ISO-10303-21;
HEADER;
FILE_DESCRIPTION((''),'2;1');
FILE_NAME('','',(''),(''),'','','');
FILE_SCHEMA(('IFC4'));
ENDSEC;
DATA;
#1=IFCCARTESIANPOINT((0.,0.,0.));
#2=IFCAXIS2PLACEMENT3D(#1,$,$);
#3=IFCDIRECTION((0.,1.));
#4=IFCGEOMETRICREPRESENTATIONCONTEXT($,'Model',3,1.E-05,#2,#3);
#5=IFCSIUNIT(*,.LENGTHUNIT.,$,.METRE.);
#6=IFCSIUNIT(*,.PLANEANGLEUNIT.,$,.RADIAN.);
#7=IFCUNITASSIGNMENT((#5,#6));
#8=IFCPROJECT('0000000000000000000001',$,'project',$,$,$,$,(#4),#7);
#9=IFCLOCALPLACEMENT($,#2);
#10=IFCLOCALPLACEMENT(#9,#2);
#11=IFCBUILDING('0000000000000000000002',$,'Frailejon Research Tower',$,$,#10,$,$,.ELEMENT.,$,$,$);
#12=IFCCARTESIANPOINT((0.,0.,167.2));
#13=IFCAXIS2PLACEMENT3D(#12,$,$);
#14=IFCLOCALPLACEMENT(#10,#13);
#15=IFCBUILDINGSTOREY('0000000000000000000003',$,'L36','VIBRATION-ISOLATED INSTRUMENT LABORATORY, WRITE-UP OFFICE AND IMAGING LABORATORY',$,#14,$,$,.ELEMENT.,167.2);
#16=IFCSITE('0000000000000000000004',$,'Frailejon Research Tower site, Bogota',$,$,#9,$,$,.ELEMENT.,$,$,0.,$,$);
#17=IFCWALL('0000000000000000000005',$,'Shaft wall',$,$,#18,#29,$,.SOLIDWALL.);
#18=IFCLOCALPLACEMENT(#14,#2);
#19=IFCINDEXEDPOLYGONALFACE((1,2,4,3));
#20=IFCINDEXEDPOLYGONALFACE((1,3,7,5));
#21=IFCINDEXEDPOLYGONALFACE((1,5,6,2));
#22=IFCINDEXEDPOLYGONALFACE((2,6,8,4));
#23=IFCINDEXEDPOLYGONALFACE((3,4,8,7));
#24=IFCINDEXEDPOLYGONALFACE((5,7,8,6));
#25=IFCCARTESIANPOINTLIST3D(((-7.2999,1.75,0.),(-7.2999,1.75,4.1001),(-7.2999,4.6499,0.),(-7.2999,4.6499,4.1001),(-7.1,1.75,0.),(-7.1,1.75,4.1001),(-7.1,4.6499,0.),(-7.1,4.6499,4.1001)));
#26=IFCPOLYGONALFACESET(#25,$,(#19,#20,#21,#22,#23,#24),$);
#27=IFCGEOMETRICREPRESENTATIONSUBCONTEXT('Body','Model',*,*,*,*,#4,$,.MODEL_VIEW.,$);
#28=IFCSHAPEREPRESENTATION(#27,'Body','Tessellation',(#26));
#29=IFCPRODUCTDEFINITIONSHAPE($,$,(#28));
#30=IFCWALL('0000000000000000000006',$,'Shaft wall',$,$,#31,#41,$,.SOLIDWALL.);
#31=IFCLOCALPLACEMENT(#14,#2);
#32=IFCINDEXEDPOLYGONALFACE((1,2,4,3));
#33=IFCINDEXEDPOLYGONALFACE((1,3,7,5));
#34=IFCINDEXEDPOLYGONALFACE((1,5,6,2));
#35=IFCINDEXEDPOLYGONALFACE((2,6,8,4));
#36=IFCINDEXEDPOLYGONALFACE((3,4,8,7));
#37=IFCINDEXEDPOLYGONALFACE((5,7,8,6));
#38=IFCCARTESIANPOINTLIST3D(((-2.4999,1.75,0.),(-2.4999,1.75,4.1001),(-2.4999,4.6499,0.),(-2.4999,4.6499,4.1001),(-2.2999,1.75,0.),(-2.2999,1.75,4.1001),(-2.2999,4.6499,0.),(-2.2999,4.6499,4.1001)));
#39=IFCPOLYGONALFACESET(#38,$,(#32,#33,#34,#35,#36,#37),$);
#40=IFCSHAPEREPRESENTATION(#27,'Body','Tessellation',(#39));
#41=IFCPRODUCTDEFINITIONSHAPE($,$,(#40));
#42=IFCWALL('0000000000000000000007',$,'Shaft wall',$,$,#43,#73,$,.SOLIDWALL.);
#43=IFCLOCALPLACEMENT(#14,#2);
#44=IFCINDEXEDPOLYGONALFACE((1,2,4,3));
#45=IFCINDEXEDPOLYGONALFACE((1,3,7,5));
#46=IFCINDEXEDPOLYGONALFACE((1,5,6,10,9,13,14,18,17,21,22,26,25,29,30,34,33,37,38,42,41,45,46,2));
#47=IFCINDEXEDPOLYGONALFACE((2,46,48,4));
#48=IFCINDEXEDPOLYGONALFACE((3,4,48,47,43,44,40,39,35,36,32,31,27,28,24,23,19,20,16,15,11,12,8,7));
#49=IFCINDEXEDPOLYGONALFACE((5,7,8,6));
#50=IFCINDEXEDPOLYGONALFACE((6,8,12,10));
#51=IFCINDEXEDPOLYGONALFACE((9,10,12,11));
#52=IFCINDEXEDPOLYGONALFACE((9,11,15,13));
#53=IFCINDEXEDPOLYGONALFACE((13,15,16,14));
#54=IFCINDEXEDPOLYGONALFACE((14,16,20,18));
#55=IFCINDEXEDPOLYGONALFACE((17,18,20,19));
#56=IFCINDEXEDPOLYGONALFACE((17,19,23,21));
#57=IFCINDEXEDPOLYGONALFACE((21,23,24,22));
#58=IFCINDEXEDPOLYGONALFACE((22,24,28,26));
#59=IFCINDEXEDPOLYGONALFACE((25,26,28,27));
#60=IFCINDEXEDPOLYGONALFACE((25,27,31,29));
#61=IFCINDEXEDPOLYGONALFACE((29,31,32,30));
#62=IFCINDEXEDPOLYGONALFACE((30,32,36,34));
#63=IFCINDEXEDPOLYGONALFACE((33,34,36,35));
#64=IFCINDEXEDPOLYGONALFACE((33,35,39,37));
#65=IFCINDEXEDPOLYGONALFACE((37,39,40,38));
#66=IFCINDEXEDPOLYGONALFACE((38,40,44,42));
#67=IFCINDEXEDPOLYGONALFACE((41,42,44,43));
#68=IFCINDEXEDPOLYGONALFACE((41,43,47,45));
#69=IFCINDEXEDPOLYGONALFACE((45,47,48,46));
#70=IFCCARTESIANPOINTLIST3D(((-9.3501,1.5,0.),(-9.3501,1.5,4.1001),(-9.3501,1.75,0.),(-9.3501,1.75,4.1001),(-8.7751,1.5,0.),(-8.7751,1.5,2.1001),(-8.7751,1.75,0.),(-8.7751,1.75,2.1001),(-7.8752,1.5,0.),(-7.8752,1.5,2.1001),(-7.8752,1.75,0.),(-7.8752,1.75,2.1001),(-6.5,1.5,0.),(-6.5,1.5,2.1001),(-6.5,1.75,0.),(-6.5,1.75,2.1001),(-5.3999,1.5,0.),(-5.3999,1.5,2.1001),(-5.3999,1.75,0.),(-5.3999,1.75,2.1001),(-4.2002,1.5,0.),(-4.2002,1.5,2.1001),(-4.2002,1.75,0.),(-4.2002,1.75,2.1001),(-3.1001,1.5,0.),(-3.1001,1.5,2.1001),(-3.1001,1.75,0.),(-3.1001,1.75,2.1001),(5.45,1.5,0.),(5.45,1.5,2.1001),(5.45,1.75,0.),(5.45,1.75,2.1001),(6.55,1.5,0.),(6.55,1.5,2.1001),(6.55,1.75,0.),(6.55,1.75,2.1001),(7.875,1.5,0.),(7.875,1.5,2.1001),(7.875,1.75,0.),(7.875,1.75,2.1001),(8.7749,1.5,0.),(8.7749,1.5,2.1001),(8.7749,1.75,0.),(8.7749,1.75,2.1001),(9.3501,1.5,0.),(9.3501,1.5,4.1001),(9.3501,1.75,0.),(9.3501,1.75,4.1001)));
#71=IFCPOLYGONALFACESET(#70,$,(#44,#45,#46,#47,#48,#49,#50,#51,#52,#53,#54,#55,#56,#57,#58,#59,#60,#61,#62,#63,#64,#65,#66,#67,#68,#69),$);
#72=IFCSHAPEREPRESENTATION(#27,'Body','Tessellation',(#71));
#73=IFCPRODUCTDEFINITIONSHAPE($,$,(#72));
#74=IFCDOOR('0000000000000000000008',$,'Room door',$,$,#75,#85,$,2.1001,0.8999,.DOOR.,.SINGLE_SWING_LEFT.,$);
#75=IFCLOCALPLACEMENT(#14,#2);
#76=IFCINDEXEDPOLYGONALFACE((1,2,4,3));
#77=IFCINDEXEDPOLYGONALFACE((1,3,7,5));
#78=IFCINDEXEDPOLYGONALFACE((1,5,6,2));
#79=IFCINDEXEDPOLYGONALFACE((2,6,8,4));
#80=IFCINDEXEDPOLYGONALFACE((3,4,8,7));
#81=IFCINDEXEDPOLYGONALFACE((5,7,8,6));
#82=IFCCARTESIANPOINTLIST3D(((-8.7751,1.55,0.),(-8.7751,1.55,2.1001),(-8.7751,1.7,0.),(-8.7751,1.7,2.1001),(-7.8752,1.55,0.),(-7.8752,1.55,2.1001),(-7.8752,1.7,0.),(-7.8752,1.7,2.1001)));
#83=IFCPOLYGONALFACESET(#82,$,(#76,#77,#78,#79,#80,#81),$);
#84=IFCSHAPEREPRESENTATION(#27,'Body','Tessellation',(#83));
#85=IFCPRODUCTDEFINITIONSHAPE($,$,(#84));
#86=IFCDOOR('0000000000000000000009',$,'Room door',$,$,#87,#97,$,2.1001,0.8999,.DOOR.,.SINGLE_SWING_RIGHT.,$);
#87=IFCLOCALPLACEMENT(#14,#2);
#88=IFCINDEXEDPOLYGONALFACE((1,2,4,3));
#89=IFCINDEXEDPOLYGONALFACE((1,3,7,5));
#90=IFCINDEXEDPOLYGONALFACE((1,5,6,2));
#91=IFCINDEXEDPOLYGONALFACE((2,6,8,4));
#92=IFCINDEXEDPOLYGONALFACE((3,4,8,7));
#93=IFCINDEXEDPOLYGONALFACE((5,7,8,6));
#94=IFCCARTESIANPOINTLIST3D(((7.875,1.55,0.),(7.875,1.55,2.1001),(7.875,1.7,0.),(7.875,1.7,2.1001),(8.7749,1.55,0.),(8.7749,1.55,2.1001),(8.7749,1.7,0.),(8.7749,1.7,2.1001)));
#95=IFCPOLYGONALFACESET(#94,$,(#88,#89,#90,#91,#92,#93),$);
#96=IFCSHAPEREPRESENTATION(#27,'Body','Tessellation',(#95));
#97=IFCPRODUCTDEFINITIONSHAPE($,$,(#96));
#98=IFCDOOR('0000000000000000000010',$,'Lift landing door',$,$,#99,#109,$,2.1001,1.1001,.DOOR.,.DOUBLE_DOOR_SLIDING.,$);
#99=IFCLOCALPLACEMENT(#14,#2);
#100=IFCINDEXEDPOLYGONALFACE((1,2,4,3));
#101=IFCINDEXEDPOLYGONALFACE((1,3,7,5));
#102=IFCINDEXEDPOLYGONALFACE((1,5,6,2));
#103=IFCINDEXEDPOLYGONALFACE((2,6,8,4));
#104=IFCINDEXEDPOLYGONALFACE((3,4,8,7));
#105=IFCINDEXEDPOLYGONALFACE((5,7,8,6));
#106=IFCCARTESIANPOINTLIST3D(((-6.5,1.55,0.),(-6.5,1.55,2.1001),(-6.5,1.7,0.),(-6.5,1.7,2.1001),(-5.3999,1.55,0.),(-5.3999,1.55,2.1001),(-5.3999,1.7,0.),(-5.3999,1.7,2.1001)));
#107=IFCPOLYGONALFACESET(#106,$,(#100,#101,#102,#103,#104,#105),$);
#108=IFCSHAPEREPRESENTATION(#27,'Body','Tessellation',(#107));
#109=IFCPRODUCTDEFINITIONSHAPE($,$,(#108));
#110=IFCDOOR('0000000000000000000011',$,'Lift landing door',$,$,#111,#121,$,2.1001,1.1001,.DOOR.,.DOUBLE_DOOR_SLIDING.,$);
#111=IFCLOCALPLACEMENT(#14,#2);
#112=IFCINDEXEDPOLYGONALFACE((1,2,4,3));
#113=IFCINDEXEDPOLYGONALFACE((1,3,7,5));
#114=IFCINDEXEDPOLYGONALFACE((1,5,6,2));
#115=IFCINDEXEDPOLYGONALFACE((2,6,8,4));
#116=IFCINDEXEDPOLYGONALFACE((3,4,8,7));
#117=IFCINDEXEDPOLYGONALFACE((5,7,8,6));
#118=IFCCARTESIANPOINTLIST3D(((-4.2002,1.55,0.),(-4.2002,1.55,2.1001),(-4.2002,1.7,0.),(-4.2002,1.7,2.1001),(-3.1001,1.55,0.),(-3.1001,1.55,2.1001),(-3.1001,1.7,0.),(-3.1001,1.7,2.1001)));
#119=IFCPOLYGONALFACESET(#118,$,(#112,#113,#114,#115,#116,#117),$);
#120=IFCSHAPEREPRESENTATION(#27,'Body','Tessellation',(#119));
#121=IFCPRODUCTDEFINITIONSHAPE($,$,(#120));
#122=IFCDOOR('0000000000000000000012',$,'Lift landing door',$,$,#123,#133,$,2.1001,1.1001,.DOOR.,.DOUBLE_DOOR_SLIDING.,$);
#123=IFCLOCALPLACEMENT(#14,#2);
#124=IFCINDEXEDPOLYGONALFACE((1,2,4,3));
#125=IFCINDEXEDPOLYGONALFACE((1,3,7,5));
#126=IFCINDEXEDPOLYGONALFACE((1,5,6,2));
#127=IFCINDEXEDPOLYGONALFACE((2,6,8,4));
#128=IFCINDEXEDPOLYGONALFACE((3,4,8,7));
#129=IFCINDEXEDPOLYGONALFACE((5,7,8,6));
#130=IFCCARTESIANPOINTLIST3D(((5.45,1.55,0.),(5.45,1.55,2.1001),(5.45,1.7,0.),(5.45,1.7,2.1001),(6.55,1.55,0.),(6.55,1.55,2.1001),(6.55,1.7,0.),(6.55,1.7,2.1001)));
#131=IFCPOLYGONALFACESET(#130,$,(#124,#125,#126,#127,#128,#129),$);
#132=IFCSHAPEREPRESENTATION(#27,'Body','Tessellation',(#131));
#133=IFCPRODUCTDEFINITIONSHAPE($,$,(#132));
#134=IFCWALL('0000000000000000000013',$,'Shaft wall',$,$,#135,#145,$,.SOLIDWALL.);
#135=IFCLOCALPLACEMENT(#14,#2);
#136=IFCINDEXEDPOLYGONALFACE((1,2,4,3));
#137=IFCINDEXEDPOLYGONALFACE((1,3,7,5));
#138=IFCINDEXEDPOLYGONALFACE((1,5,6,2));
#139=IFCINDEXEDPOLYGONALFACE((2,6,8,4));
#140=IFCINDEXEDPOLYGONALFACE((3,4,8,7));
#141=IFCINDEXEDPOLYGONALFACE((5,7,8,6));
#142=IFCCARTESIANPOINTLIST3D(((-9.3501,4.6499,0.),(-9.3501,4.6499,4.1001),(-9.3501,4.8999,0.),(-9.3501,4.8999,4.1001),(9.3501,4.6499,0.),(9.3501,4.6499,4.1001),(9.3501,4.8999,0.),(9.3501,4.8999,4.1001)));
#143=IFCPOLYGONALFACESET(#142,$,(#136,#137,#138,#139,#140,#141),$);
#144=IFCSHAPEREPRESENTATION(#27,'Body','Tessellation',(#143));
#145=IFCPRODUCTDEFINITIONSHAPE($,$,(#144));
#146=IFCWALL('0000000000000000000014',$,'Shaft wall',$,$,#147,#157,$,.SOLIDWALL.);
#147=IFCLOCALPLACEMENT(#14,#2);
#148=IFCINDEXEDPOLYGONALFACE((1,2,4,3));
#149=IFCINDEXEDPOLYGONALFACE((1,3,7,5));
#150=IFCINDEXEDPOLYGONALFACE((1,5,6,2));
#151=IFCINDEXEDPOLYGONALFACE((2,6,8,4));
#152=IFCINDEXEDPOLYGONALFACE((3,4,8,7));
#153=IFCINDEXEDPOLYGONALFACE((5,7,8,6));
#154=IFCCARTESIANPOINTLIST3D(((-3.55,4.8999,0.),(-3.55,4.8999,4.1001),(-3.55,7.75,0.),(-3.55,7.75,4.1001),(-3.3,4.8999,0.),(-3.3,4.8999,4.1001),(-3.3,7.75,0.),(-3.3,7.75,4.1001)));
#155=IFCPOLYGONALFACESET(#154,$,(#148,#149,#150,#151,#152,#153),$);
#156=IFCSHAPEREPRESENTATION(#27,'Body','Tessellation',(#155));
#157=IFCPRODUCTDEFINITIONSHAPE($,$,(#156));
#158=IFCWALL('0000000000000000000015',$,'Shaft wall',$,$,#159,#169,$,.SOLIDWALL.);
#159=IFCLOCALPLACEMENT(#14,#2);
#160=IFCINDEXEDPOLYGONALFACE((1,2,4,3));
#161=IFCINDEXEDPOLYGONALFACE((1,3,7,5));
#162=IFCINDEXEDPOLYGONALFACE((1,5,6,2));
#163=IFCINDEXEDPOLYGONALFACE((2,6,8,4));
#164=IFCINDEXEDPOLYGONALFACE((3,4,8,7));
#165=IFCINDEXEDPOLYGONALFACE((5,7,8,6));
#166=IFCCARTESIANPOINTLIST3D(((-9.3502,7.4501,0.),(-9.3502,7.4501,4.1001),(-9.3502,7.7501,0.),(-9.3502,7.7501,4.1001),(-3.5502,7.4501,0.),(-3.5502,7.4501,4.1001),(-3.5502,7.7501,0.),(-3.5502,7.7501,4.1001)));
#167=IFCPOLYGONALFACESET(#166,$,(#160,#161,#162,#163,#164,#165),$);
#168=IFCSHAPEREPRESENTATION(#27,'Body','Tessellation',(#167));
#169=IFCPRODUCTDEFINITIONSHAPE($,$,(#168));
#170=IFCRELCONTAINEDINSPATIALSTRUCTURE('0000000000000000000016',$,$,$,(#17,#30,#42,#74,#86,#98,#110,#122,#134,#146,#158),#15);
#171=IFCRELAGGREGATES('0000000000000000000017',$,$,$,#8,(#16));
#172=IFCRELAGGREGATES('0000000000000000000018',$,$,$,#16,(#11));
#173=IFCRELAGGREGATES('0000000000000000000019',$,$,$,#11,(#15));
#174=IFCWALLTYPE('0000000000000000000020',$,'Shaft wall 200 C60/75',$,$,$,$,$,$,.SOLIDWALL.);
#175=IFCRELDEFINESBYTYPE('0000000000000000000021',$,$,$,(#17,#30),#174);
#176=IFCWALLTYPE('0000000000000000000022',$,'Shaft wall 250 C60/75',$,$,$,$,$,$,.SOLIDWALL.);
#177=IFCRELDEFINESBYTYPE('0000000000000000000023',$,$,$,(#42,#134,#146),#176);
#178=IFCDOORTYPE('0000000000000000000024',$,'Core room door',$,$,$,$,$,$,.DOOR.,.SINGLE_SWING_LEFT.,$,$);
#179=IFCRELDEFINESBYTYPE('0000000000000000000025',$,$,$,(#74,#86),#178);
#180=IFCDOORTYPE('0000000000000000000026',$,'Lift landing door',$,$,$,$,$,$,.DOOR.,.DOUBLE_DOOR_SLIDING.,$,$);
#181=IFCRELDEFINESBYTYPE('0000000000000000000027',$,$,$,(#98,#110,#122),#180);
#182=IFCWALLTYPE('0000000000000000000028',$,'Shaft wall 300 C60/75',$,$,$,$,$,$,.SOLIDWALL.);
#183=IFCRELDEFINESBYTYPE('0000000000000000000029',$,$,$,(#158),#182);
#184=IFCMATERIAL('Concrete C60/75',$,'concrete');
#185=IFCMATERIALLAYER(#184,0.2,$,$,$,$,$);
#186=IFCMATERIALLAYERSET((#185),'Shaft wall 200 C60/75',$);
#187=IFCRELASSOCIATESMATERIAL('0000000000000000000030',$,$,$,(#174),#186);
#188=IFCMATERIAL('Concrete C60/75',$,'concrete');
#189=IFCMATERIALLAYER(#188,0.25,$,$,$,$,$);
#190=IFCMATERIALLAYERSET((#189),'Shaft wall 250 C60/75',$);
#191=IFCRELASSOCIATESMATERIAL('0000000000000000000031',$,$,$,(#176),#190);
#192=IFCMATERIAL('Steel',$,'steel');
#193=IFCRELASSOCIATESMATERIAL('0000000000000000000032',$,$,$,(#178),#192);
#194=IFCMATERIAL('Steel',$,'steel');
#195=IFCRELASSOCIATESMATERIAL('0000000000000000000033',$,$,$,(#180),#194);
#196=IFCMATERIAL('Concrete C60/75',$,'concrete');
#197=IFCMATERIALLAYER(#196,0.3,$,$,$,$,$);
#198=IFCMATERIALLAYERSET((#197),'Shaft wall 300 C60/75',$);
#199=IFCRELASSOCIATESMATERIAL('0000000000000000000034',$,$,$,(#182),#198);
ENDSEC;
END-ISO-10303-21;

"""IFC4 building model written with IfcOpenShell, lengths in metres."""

from ifc_helpers import new_model, si_unit, direction, frame, frame_2d, origin, place, context, subcontext, project, spatial, rectangle, extrude, material, layer, layer_set, type_object, element, fill, save


model = new_model("IFC4")

# Units and contexts
model_context = context("Model", 3, precision=1e-05, world=origin(), true_north=direction((0.0, 1.0)))
body_context = subcontext(model_context, "Body", "Model", "MODEL_VIEW")
ifc_project = project(units=[si_unit("LENGTHUNIT", "METRE"), si_unit("PLANEANGLEUNIT", "RADIAN")], contexts=[model_context])

# Site, building, storey
site_placement = place(None, origin())
site = spatial("IfcSite", under=ifc_project, at=site_placement, Name="Frailejon Research Tower site, Bogota", CompositionType="ELEMENT", RefElevation=0.0)
building_placement = place(site_placement, origin())
building = spatial("IfcBuilding", under=site, at=building_placement, Name="Frailejon Research Tower", CompositionType="ELEMENT")
storey_placement = place(building_placement, frame((0.0, 0.0, 167.2)))
storey = spatial("IfcBuildingStorey", under=building, at=storey_placement, Name="L36", Description="VIBRATION-ISOLATED INSTRUMENT LABORATORY, WRITE-UP OFFICE AND IMAGING LABORATORY", CompositionType="ELEMENT", Elevation=167.2)

# Walls
ifc_material_1 = material(Name="Concrete C60/75", Category="concrete")
ifc_layer_1 = layer(ifc_material_1, 0.2)
ifc_layer_set_1 = layer_set([ifc_layer_1], Name="Shaft wall 200 C60/75")
wall_type_1 = type_object("IfcWallType", Name="Shaft wall 200 C60/75", PredefinedType="SOLIDWALL", material=ifc_layer_set_1)
for number, where, z_axis, x_axis, name in (
    (1, (-7.2, 1.75, 0.0), (0.0, 0.0, 1.0), (0.0, 1.0, 0.0), "Shaft wall"),
    (2, (-2.3999, 1.75, 0.0), (0.0, 0.0, 1.0), (0.0, 1.0, 0.0), "Shaft wall"),
):
    element("IfcWall", number, at=place(storey_placement, frame(where, z_axis=z_axis, x_axis=x_axis)), inside=storey, type_object=wall_type_1, Name=name, PredefinedType="SOLIDWALL", context=body_context, shape_type="SweptSolid", body=[
        extrude(rectangle(XDim=2.8999, YDim=0.2, at=frame_2d((1.45, 0.0))), origin(), (0.0, 0.0, 1.0), 4.1001),
    ])

# Wall, openings, doors
ifc_material_2 = material(Name="Concrete C60/75", Category="concrete")
ifc_layer_2 = layer(ifc_material_2, 0.25)
ifc_layer_set_2 = layer_set([ifc_layer_2], Name="Shaft wall 250 C60/75")
wall_type_2 = type_object("IfcWallType", Name="Shaft wall 250 C60/75", PredefinedType="SOLIDWALL", material=ifc_layer_set_2)
wall_1_placement = place(storey_placement, frame((-9.3501, 1.625, 0.0), z_axis=(0.0, 0.0, 1.0), x_axis=(1.0, 0.0, 0.0)))
wall_1 = element("IfcWall", 3, at=wall_1_placement, inside=storey, type_object=wall_type_2, Name="Shaft wall", PredefinedType="SOLIDWALL", context=body_context, shape_type="SweptSolid", body=[
    extrude(rectangle(XDim=18.7002, YDim=0.25, at=frame_2d((9.3501, 0.0))), origin(), (0.0, 0.0, 1.0), 4.1001),
])
opening_1_placement = place(wall_1_placement, frame((2.8501, 0.0, 0.0)))
opening_1 = element("IfcOpeningElement", 4, at=opening_1_placement, cuts=wall_1, PredefinedType="OPENING", context=body_context, shape_type="SweptSolid", body=[
    extrude(rectangle(XDim=1.1001, YDim=2.1001, at=frame_2d((0.55, 1.05))), frame((0.0, 0.135, 0.0), z_axis=(0.0, -1.0, 0.0), x_axis=(1.0, 0.0, 0.0)), (0.0, 0.0, 1.0), 0.27),
])
opening_2_placement = place(wall_1_placement, frame((5.1499, 0.0, 0.0)))
opening_2 = element("IfcOpeningElement", 5, at=opening_2_placement, cuts=wall_1, PredefinedType="OPENING", context=body_context, shape_type="SweptSolid", body=[
    extrude(rectangle(XDim=1.1001, YDim=2.1001, at=frame_2d((0.55, 1.05))), frame((0.0, 0.135, 0.0), z_axis=(0.0, -1.0, 0.0), x_axis=(1.0, 0.0, 0.0)), (0.0, 0.0, 1.0), 0.27),
])
opening_3_placement = place(wall_1_placement, frame((14.8, 0.0, 0.0)))
opening_3 = element("IfcOpeningElement", 6, at=opening_3_placement, cuts=wall_1, PredefinedType="OPENING", context=body_context, shape_type="SweptSolid", body=[
    extrude(rectangle(XDim=1.1001, YDim=2.1001, at=frame_2d((0.55, 1.05))), frame((0.0, 0.135, 0.0), z_axis=(0.0, -1.0, 0.0), x_axis=(1.0, 0.0, 0.0)), (0.0, 0.0, 1.0), 0.27),
])
opening_4_placement = place(wall_1_placement, frame((0.575, 0.0, 0.0)))
opening_4 = element("IfcOpeningElement", 7, at=opening_4_placement, cuts=wall_1, PredefinedType="OPENING", context=body_context, shape_type="SweptSolid", body=[
    extrude(rectangle(XDim=0.8999, YDim=2.1001, at=frame_2d((0.45, 1.05))), frame((0.0, 0.135, 0.0), z_axis=(0.0, -1.0, 0.0), x_axis=(1.0, 0.0, 0.0)), (0.0, 0.0, 1.0), 0.27),
])
opening_5_placement = place(wall_1_placement, frame((17.2251, 0.0, 0.0)))
opening_5 = element("IfcOpeningElement", 8, at=opening_5_placement, cuts=wall_1, PredefinedType="OPENING", context=body_context, shape_type="SweptSolid", body=[
    extrude(rectangle(XDim=0.8999, YDim=2.1001, at=frame_2d((0.45, 1.05))), frame((0.0, 0.135, 0.0), z_axis=(0.0, -1.0, 0.0), x_axis=(1.0, 0.0, 0.0)), (0.0, 0.0, 1.0), 0.27),
])
ifc_material_3 = material(Name="Steel", Category="steel")
door_type_1 = type_object("IfcDoorType", Name="Core room door", OperationType="SINGLE_SWING_LEFT", PredefinedType="DOOR", material=ifc_material_3)
door_1_placement = place(opening_4_placement, origin())
door_1 = element("IfcDoor", 9, at=door_1_placement, inside=storey, type_object=door_type_1, Name="Room door", OperationType="SINGLE_SWING_LEFT", OverallHeight=2.1001, OverallWidth=0.8999, PredefinedType="DOOR", context=body_context, shape_type="SweptSolid", body=[
    extrude(rectangle(XDim=0.8999, YDim=2.1001, at=frame_2d((0.45, 1.05))), frame((0.0, 0.075, 0.0), z_axis=(0.0, -1.0, 0.0), x_axis=(1.0, 0.0, 0.0)), (0.0, 0.0, 1.0), 0.1499),
])
fill(opening_4, door_1)
door_2_placement = place(opening_5_placement, origin())
door_2 = element("IfcDoor", 10, at=door_2_placement, inside=storey, type_object=door_type_1, Name="Room door", OperationType="SINGLE_SWING_RIGHT", OverallHeight=2.1001, OverallWidth=0.8999, PredefinedType="DOOR", context=body_context, shape_type="SweptSolid", body=[
    extrude(rectangle(XDim=0.8999, YDim=2.1001, at=frame_2d((0.45, 1.05))), frame((0.0, 0.075, 0.0), z_axis=(0.0, -1.0, 0.0), x_axis=(1.0, 0.0, 0.0)), (0.0, 0.0, 1.0), 0.1499),
])
fill(opening_5, door_2)
ifc_material_4 = material(Name="Steel", Category="steel")
door_type_2 = type_object("IfcDoorType", Name="Lift landing door", OperationType="DOUBLE_DOOR_SLIDING", PredefinedType="DOOR", material=ifc_material_4)
door_3_placement = place(opening_1_placement, origin())
door_3 = element("IfcDoor", 11, at=door_3_placement, inside=storey, type_object=door_type_2, Name="Lift landing door", OperationType="DOUBLE_DOOR_SLIDING", OverallHeight=2.1001, OverallWidth=1.1001, PredefinedType="DOOR", context=body_context, shape_type="SweptSolid", body=[
    extrude(rectangle(XDim=1.1001, YDim=2.1001, at=frame_2d((0.55, 1.05))), frame((0.0, 0.075, 0.0), z_axis=(0.0, -1.0, 0.0), x_axis=(1.0, 0.0, 0.0)), (0.0, 0.0, 1.0), 0.1499),
])
fill(opening_1, door_3)
door_4_placement = place(opening_2_placement, origin())
door_4 = element("IfcDoor", 12, at=door_4_placement, inside=storey, type_object=door_type_2, Name="Lift landing door", OperationType="DOUBLE_DOOR_SLIDING", OverallHeight=2.1001, OverallWidth=1.1001, PredefinedType="DOOR", context=body_context, shape_type="SweptSolid", body=[
    extrude(rectangle(XDim=1.1001, YDim=2.1001, at=frame_2d((0.55, 1.05))), frame((0.0, 0.075, 0.0), z_axis=(0.0, -1.0, 0.0), x_axis=(1.0, 0.0, 0.0)), (0.0, 0.0, 1.0), 0.1499),
])
fill(opening_2, door_4)
door_5_placement = place(opening_3_placement, origin())
door_5 = element("IfcDoor", 13, at=door_5_placement, inside=storey, type_object=door_type_2, Name="Lift landing door", OperationType="DOUBLE_DOOR_SLIDING", OverallHeight=2.1001, OverallWidth=1.1001, PredefinedType="DOOR", context=body_context, shape_type="SweptSolid", body=[
    extrude(rectangle(XDim=1.1001, YDim=2.1001, at=frame_2d((0.55, 1.05))), frame((0.0, 0.075, 0.0), z_axis=(0.0, -1.0, 0.0), x_axis=(1.0, 0.0, 0.0)), (0.0, 0.0, 1.0), 0.1499),
])
fill(opening_3, door_5)

# Walls
wall_2_placement = place(storey_placement, frame((-9.3501, 4.7749, 0.0), z_axis=(0.0, 0.0, 1.0), x_axis=(1.0, 0.0, 0.0)))
element("IfcWall", 14, at=wall_2_placement, inside=storey, type_object=wall_type_2, Name="Shaft wall", PredefinedType="SOLIDWALL", context=body_context, shape_type="SweptSolid", body=[
    extrude(rectangle(XDim=18.7002, YDim=0.25, at=frame_2d((9.3501, 0.0))), origin(), (0.0, 0.0, 1.0), 4.1001),
])
wall_3_placement = place(storey_placement, frame((-3.425, 4.8999, 0.0), z_axis=(0.0, 0.0, 1.0), x_axis=(0.0, 1.0, 0.0)))
element("IfcWall", 15, at=wall_3_placement, inside=storey, type_object=wall_type_2, Name="Shaft wall", PredefinedType="SOLIDWALL", context=body_context, shape_type="SweptSolid", body=[
    extrude(rectangle(XDim=2.8501, YDim=0.25, at=frame_2d((1.425, 0.0))), origin(), (0.0, 0.0, 1.0), 4.1001),
])
ifc_material_5 = material(Name="Concrete C60/75", Category="concrete")
ifc_layer_3 = layer(ifc_material_5, 0.3)
ifc_layer_set_3 = layer_set([ifc_layer_3], Name="Shaft wall 300 C60/75")
wall_type_3 = type_object("IfcWallType", Name="Shaft wall 300 C60/75", PredefinedType="SOLIDWALL", material=ifc_layer_set_3)
wall_4_placement = place(storey_placement, frame((-9.3501, 7.6001, 0.0), z_axis=(0.0, 0.0, 1.0), x_axis=(1.0, 0.0, 0.0)))
element("IfcWall", 16, at=wall_4_placement, inside=storey, type_object=wall_type_3, Name="Shaft wall", PredefinedType="SOLIDWALL", context=body_context, shape_type="SweptSolid", body=[
    extrude(rectangle(XDim=5.8, YDim=0.3, at=frame_2d((2.8999, 0.0))), origin(), (0.0, 0.0, 1.0), 4.1001),
])

save(model, "model.ifc")
